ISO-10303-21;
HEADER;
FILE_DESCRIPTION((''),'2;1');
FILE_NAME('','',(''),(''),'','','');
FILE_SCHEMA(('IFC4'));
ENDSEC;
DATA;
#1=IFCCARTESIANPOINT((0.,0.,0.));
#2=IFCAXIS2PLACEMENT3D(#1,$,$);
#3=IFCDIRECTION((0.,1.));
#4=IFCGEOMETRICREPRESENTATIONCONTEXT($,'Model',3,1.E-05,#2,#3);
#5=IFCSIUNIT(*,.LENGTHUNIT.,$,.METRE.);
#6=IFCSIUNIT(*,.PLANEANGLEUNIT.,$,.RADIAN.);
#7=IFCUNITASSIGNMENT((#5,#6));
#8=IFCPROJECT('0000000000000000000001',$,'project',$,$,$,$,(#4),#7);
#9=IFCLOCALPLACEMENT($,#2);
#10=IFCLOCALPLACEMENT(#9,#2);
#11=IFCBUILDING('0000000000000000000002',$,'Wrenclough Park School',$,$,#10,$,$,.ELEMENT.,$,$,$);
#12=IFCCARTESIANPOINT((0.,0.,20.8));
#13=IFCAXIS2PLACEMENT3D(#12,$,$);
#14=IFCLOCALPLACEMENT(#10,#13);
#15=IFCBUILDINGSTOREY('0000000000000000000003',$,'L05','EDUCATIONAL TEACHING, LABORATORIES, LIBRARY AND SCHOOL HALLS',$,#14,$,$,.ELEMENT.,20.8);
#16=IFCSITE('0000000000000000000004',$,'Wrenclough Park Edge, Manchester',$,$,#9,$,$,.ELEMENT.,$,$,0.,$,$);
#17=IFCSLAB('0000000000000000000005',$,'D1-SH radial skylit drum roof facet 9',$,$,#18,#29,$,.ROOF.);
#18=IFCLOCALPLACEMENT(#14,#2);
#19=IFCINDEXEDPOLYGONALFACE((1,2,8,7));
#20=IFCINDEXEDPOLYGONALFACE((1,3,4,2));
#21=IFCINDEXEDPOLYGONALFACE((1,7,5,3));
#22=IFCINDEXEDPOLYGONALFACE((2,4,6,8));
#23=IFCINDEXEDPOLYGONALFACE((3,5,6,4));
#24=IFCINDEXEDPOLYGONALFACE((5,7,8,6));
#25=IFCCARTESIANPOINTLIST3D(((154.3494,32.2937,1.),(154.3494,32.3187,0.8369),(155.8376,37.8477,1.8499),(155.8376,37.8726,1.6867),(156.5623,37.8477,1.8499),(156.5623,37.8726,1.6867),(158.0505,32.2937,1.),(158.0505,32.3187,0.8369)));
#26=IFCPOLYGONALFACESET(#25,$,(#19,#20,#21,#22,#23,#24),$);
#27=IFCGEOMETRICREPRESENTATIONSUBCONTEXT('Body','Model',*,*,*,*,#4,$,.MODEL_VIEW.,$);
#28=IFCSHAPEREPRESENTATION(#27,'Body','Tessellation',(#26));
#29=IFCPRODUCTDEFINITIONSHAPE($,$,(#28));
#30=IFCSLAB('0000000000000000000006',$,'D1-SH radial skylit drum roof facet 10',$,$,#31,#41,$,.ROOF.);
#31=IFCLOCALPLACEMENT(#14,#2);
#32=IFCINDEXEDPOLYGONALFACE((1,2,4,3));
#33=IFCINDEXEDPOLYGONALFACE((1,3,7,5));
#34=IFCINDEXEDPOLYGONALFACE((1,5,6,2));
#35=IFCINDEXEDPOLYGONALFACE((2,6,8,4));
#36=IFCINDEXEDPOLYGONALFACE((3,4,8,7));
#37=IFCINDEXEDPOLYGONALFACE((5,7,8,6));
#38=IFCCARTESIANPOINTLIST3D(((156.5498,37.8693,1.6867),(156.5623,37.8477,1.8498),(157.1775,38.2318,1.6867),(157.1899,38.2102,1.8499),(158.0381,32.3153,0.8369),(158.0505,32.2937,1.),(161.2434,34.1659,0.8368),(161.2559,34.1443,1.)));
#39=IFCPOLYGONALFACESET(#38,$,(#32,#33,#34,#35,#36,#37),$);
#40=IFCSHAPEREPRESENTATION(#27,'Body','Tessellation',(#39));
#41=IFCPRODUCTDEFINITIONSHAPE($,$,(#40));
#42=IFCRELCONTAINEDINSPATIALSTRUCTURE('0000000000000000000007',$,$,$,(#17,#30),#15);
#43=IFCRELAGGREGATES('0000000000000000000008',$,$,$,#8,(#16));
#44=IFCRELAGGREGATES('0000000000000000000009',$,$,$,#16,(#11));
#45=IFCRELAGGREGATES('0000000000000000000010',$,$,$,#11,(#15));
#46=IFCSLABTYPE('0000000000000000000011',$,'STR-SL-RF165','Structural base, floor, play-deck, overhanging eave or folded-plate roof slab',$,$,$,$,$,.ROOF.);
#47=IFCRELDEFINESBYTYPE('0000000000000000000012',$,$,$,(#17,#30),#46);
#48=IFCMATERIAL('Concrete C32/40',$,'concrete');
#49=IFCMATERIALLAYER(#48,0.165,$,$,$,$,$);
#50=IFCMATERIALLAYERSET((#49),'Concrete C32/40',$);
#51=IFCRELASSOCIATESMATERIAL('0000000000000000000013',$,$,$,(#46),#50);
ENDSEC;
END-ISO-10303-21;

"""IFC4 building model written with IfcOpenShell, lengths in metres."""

from ifc_helpers import new_model, si_unit, direction, frame, origin, place, context, subcontext, project, spatial, polyline, outline, extrude, material, layer, layer_set, type_object, element, save


model = new_model("IFC4")

# Units and contexts
model_context = context("Model", 3, precision=1e-05, world=origin(), true_north=direction((0.0, 1.0)))
body_context = subcontext(model_context, "Body", "Model", "MODEL_VIEW")
ifc_project = project(units=[si_unit("LENGTHUNIT", "METRE"), si_unit("PLANEANGLEUNIT", "RADIAN")], contexts=[model_context])

# Site, building, storey
site_placement = place(None, origin())
site = spatial("IfcSite", under=ifc_project, at=site_placement, Name="Wrenclough Park Edge, Manchester", CompositionType="ELEMENT", RefElevation=0.0)
building_placement = place(site_placement, origin())
building = spatial("IfcBuilding", under=site, at=building_placement, Name="Wrenclough Park School", CompositionType="ELEMENT")
storey_placement = place(building_placement, frame((0.0, 0.0, 20.8)))
storey = spatial("IfcBuildingStorey", under=building, at=storey_placement, Name="L05", Description="EDUCATIONAL TEACHING, LABORATORIES, LIBRARY AND SCHOOL HALLS", CompositionType="ELEMENT", Elevation=20.8)

# Slabs
ifc_material_1 = material(Name="Concrete C32/40", Category="concrete")
ifc_layer_1 = layer(ifc_material_1, 0.165)
ifc_layer_set_1 = layer_set([ifc_layer_1], Name="Concrete C32/40")
slab_type = type_object("IfcSlabType", Name="STR-SL-RF165", Description="Structural base, floor, play-deck, overhanging eave or folded-plate roof slab", PredefinedType="ROOF", material=ifc_layer_set_1)
slab_1_placement = place(storey_placement, frame((154.3494, 32.2937, 1.0), z_axis=(0.0, -0.151257, 0.988494), x_axis=(1.0, 0.0, 0.0)))
element("IfcSlab", 1, at=slab_1_placement, inside=storey, type_object=slab_type, Name="D1-SH radial skylit drum roof facet 9", PredefinedType="ROOF", context=body_context, shape_type="SweptSolid", body=[
    extrude(outline(polyline([(0.0, 0.0), (3.7012, 0.0), (2.2129, 5.6186), (1.4883, 5.6186), (0.0, 0.0)])), origin(), (0.0, 0.0, -1.0), 0.165),
])
slab_2_placement = place(storey_placement, frame((158.0505, 32.2937, 1.0), z_axis=(0.075631, -0.130988, 0.988495), x_axis=(0.866026, 0.499999, -0.000005)))
element("IfcSlab", 2, at=slab_2_placement, inside=storey, type_object=slab_type, Name="D1-SH radial skylit drum roof facet 10", PredefinedType="ROOF", context=body_context, shape_type="SweptSolid", body=[
    extrude(outline(polyline([(0.0, 0.0), (3.7012, 0.0), (2.2129, 5.6188), (1.4881, 5.6187), (0.0, 0.0)])), origin(), (0.0, 0.0, -1.0), 0.165),
])

save(model, "model.ifc")
